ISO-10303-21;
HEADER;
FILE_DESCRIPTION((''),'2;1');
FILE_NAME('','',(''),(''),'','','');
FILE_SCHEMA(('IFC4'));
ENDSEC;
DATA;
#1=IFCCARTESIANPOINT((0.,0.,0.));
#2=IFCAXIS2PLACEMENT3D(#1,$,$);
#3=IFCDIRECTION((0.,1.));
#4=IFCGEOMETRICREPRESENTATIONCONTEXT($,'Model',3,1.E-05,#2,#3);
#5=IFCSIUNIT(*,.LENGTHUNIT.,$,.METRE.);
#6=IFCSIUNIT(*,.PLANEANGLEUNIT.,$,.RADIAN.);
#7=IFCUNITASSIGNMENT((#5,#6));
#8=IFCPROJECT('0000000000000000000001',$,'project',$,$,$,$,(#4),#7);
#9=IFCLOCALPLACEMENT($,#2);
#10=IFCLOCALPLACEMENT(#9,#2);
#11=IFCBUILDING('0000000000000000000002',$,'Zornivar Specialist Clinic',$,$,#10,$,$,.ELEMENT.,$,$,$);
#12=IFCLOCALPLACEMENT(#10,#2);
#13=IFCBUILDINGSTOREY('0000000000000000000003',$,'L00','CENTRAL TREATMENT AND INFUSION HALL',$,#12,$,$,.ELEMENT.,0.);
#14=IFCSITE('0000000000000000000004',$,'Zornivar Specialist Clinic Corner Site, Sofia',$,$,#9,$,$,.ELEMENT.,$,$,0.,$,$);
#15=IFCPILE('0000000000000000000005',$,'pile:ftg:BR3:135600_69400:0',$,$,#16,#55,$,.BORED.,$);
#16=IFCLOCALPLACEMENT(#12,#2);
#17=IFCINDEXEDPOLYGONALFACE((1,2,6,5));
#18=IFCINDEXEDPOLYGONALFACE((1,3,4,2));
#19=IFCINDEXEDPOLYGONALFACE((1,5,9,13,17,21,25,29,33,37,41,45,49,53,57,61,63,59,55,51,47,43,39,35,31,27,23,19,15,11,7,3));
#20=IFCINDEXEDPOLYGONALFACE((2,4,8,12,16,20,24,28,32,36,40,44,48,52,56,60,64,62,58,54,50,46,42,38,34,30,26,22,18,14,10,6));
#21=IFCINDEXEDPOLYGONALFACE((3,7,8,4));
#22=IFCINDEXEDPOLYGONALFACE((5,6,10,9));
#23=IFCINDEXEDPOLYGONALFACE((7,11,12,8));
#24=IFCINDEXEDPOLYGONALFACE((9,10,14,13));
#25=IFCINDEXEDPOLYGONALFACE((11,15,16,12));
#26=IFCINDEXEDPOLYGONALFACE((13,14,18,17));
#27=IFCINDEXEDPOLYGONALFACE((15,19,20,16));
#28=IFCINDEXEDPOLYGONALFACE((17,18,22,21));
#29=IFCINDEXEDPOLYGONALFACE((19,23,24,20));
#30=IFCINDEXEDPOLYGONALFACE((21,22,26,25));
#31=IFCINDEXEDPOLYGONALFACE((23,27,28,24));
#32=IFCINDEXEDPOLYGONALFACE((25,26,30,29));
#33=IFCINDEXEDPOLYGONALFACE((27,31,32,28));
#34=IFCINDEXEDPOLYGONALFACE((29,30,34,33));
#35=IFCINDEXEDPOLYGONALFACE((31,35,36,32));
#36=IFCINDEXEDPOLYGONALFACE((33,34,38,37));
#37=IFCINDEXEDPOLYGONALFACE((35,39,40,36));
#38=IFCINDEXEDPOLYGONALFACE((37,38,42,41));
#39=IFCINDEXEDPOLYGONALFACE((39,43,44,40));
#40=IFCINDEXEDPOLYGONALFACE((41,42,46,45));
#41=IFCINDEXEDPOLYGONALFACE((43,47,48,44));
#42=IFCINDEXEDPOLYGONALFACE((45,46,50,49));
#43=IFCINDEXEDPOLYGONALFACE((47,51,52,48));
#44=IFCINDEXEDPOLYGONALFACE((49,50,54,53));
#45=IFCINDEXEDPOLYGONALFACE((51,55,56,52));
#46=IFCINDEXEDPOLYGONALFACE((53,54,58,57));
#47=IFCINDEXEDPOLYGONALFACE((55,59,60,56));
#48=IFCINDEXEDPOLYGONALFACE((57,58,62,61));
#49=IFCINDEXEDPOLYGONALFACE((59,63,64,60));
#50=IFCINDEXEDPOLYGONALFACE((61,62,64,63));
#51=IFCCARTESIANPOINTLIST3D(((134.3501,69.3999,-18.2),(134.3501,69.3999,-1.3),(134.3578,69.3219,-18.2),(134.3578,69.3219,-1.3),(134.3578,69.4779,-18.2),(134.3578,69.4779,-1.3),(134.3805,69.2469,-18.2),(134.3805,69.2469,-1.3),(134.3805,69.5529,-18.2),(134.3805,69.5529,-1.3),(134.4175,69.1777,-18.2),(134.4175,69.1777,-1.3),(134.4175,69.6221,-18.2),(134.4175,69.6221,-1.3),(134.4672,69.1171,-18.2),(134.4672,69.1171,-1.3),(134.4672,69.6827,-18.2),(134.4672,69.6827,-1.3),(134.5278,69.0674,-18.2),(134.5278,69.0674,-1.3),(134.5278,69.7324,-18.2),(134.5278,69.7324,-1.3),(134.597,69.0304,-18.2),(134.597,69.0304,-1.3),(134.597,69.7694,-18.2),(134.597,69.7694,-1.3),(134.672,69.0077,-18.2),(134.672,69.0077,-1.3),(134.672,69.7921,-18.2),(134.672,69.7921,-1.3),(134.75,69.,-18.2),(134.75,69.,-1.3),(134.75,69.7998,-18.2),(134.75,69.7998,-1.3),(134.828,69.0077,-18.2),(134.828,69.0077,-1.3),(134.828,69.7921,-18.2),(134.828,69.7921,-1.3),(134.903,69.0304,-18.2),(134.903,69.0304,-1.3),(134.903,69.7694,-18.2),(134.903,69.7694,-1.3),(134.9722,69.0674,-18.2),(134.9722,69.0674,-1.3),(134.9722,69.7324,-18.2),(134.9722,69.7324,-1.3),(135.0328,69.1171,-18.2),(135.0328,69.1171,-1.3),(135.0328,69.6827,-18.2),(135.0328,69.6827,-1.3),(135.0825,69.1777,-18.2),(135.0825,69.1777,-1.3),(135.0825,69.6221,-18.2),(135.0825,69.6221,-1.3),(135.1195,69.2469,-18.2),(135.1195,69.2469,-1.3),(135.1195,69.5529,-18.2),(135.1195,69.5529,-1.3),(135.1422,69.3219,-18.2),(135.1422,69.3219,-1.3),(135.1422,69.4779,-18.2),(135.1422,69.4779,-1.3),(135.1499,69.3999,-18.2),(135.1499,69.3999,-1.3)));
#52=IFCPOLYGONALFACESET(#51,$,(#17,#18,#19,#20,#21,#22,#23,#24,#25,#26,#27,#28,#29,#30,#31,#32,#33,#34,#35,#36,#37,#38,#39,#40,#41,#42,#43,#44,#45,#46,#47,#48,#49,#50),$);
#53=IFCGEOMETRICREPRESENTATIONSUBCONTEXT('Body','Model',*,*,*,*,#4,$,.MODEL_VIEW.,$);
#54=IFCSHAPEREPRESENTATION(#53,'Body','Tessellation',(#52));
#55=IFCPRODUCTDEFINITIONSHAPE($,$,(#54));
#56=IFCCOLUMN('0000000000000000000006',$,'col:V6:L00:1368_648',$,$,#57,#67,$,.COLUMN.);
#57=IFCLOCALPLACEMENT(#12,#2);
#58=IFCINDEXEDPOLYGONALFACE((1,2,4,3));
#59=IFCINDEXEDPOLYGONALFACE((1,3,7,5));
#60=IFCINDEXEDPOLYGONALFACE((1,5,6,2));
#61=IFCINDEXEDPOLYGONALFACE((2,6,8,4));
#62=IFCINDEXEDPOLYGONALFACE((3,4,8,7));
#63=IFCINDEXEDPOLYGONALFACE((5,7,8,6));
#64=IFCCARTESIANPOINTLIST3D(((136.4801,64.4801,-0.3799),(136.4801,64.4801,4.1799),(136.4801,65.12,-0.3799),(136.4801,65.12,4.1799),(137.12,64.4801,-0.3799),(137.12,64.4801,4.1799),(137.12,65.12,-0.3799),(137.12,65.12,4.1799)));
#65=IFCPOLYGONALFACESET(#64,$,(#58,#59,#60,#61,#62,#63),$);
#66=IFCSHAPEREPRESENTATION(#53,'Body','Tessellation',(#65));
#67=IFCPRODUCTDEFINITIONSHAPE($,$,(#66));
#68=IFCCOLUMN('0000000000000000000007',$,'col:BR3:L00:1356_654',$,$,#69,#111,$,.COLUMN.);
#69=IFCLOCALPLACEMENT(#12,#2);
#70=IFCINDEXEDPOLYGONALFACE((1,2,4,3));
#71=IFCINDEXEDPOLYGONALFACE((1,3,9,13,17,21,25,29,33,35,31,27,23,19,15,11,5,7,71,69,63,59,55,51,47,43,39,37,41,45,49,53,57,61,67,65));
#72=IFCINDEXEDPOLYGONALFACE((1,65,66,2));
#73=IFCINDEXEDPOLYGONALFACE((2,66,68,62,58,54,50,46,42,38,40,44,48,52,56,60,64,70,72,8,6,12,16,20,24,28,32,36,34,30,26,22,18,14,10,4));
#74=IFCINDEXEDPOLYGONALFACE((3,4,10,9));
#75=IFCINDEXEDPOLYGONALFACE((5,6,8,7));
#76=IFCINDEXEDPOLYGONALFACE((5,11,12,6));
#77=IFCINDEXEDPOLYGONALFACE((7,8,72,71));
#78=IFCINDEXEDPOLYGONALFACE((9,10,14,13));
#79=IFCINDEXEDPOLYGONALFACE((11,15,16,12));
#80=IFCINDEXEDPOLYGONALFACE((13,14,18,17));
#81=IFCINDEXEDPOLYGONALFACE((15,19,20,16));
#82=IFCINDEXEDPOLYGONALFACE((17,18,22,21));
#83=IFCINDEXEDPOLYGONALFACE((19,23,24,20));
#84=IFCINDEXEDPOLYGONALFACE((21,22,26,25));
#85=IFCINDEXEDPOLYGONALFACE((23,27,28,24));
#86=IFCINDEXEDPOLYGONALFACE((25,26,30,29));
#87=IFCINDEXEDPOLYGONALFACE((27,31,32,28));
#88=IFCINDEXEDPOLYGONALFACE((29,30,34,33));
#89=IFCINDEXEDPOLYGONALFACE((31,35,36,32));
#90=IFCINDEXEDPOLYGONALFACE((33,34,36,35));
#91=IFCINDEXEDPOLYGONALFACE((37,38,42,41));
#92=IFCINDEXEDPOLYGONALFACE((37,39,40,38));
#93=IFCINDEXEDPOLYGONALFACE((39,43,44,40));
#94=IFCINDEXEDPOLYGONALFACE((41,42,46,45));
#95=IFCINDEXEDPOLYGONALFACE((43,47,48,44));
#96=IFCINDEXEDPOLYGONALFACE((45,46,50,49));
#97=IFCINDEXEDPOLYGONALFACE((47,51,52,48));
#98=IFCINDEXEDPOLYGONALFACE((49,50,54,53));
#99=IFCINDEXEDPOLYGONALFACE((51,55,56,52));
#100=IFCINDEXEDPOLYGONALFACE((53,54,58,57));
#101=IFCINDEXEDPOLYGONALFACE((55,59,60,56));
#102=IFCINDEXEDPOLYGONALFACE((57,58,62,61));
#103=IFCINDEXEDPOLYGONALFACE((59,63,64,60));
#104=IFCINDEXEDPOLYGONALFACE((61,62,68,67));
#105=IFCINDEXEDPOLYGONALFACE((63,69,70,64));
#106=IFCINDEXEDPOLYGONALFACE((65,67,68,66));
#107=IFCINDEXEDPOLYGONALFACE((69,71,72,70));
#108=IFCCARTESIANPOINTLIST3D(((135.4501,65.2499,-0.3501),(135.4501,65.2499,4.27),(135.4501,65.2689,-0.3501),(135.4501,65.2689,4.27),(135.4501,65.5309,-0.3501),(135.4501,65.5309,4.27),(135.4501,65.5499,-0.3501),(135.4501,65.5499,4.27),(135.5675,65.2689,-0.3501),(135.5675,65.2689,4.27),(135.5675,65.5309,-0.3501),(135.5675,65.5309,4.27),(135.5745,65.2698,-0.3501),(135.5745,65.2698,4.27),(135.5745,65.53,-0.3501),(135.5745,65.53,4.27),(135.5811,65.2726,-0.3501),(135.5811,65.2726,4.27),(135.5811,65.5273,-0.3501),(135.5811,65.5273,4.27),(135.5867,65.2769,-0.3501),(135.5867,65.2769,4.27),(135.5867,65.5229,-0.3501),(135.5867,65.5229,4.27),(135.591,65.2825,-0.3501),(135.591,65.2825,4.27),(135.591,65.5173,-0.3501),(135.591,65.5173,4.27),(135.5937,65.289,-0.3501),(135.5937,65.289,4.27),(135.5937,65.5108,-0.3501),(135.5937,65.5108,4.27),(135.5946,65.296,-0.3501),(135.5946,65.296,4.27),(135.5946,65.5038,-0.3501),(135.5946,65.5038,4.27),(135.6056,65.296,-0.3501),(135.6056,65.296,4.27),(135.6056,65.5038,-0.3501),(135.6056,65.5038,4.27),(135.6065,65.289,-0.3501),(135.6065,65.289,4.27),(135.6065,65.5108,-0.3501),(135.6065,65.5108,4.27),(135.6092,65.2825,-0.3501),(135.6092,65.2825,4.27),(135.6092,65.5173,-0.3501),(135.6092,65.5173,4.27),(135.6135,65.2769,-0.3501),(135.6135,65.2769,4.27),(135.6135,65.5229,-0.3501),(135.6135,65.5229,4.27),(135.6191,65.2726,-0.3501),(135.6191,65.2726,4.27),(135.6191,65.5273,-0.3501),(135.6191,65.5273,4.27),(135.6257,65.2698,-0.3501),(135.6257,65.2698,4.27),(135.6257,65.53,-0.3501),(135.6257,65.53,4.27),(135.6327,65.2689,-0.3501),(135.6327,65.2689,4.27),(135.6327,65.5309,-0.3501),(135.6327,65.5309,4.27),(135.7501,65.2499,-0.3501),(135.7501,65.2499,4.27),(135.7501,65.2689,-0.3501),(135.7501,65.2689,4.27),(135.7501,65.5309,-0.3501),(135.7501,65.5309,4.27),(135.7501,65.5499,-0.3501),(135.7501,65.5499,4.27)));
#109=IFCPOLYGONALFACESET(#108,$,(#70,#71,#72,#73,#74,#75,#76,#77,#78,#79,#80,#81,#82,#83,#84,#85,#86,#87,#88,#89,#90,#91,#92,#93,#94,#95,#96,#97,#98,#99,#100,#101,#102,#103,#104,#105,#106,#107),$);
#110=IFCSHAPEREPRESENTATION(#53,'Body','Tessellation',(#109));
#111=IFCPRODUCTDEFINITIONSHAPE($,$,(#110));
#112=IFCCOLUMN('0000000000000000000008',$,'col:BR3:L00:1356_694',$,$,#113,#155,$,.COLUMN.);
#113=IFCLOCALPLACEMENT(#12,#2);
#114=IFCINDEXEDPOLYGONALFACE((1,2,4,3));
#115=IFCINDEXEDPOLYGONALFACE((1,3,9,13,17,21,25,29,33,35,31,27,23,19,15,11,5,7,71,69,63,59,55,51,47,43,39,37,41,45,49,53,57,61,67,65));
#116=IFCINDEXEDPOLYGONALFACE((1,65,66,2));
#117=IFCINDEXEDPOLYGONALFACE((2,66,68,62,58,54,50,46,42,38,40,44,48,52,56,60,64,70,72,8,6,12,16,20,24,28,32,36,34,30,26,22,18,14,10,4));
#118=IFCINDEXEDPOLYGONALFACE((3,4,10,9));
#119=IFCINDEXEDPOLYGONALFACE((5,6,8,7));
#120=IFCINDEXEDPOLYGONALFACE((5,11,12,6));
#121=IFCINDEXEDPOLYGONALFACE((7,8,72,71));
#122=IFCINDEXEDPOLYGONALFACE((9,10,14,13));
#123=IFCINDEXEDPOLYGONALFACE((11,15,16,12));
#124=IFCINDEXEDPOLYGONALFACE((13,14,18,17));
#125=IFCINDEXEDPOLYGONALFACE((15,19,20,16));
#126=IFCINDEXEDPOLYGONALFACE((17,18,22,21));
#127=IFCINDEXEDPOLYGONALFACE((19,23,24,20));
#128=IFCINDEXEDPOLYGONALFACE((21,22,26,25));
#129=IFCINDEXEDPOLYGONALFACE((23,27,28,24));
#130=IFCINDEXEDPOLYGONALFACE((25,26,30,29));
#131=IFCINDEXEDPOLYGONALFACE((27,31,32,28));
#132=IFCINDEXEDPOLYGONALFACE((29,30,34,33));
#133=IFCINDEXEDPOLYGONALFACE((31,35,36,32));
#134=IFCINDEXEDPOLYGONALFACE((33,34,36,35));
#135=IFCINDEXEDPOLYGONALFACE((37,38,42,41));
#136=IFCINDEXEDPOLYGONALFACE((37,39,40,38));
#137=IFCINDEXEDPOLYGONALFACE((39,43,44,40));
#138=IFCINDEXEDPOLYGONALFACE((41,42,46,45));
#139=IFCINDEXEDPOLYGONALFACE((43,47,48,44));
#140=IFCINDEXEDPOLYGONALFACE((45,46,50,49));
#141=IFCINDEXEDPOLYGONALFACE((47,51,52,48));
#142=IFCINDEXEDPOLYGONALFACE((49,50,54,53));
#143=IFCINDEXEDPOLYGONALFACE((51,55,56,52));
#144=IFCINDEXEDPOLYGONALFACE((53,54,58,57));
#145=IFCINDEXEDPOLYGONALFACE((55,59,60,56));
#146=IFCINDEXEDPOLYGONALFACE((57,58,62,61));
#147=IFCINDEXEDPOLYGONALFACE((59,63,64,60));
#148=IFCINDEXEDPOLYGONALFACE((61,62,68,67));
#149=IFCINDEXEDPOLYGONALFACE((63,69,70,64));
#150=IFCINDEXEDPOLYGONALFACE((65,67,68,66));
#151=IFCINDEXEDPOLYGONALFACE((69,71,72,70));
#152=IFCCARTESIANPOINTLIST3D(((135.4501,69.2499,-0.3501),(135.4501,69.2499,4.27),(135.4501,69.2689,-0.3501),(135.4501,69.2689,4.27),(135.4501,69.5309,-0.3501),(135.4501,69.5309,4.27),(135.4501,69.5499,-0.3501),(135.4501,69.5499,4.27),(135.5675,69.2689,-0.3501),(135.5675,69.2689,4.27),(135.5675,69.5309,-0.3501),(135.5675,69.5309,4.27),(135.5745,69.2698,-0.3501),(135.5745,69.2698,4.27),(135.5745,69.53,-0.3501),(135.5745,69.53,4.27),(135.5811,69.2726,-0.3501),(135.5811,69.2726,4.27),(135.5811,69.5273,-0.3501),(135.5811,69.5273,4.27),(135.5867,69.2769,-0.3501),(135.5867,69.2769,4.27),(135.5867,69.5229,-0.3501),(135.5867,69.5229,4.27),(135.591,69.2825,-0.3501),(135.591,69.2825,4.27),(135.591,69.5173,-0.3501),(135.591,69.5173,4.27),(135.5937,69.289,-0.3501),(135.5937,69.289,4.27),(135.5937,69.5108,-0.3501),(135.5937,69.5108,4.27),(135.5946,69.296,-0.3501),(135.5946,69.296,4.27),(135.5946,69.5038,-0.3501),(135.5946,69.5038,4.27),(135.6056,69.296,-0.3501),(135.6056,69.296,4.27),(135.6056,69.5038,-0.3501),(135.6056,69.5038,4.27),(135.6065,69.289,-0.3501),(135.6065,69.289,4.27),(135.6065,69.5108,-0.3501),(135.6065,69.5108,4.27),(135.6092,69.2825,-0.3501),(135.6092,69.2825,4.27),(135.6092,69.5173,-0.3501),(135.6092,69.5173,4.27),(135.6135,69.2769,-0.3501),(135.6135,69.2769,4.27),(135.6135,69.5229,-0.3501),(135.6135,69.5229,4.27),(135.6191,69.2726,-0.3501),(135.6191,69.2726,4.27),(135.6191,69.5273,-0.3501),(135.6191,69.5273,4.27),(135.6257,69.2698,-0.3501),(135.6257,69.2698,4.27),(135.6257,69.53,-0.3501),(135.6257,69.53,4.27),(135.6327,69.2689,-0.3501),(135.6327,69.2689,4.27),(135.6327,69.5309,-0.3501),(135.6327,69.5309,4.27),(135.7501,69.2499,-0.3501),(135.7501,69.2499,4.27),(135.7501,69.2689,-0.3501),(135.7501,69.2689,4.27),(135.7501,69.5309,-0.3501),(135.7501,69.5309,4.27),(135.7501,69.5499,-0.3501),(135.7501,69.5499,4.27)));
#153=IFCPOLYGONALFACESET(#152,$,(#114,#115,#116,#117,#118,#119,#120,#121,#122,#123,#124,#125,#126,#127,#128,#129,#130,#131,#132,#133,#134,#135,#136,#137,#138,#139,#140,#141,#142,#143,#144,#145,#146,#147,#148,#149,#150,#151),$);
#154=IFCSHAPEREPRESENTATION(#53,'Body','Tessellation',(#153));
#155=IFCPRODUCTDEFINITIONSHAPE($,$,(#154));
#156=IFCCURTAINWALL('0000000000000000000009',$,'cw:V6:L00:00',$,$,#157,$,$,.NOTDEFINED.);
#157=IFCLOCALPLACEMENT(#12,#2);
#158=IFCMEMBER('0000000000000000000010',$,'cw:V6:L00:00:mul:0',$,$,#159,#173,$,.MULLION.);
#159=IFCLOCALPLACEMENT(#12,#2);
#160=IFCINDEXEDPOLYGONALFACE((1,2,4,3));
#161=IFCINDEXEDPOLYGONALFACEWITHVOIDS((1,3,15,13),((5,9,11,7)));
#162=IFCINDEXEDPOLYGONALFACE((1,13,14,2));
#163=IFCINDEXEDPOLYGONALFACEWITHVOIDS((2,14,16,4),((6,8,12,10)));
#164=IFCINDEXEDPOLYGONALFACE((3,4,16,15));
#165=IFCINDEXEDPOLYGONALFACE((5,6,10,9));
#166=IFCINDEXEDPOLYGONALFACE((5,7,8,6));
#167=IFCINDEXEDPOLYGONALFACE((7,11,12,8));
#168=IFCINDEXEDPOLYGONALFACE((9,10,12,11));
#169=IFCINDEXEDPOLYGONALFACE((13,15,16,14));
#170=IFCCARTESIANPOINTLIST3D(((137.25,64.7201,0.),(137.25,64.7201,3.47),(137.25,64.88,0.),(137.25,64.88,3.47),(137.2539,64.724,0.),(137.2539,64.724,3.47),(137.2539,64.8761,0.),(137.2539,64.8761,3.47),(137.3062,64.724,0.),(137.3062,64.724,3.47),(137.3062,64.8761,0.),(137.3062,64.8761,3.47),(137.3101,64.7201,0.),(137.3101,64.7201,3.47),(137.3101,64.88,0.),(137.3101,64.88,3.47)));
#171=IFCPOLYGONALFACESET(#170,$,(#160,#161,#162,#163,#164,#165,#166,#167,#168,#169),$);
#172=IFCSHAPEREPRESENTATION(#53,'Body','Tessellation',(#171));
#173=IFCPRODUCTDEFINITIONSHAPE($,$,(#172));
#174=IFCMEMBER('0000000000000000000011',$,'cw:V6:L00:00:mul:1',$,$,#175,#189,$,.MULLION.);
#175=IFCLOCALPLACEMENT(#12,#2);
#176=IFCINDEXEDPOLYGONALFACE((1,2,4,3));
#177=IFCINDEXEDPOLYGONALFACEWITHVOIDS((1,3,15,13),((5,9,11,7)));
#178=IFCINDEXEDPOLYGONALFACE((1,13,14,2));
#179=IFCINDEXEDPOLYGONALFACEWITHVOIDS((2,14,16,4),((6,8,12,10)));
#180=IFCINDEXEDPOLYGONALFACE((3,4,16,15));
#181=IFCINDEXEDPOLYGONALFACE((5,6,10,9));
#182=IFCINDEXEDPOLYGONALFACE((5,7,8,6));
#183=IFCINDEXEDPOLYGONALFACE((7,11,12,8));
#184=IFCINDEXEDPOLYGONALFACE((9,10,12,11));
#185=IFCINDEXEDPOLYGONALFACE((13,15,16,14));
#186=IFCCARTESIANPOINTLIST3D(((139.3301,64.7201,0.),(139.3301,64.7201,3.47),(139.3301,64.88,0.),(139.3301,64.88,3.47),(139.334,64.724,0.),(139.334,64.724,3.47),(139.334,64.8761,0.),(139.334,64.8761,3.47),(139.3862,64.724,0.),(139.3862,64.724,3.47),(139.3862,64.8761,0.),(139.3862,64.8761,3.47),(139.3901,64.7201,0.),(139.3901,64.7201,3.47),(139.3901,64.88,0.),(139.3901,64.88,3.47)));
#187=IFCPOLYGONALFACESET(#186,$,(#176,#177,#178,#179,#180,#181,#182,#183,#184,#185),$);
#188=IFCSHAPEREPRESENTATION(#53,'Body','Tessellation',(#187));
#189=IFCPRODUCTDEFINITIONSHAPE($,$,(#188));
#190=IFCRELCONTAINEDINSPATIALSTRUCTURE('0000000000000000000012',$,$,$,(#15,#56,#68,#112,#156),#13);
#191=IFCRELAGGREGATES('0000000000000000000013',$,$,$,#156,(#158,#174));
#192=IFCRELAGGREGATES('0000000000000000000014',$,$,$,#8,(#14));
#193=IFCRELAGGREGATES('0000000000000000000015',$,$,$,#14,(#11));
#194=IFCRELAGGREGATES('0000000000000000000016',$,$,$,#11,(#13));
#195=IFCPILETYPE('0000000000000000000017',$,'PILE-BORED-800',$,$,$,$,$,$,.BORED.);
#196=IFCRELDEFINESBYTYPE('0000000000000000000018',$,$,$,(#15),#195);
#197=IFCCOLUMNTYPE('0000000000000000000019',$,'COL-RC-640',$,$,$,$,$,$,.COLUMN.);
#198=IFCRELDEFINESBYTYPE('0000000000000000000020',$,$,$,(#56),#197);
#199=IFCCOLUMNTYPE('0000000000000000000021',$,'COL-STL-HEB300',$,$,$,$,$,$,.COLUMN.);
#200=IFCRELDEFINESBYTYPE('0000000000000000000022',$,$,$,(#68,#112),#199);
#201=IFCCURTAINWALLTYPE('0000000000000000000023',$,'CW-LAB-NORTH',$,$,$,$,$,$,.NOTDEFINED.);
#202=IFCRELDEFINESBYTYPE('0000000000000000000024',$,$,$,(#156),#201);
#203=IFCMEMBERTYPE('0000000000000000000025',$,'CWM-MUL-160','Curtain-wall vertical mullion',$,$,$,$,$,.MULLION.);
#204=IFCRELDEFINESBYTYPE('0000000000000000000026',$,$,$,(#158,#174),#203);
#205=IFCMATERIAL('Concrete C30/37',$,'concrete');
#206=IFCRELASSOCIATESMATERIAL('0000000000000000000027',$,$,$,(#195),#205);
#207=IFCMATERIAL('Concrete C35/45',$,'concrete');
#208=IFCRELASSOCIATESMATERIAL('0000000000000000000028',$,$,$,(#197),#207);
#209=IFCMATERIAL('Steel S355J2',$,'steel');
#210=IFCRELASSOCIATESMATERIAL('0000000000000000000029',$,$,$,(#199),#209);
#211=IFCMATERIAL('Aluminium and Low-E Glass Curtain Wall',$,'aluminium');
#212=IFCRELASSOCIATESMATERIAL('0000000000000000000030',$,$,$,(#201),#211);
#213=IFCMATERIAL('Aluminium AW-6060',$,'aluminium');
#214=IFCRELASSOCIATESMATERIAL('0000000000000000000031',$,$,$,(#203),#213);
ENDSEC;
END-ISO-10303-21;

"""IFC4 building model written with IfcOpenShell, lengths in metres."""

from ifc_helpers import new_model, si_unit, direction, frame, origin, origin_2d, place, context, subcontext, project, spatial, rectangle, hollow_rectangle, circle, i_section, extrude, material, material_profile, profile_set, type_object, element, aggregate, save


model = new_model("IFC4")

# Units and contexts
model_context = context("Model", 3, precision=1e-05, world=origin(), true_north=direction((0.0, 1.0)))
body_context = subcontext(model_context, "Body", "Model", "MODEL_VIEW")
ifc_project = project(units=[si_unit("LENGTHUNIT", "METRE"), si_unit("PLANEANGLEUNIT", "RADIAN")], contexts=[model_context])

# Site, building, storey
site_placement = place(None, origin())
site = spatial("IfcSite", under=ifc_project, at=site_placement, Name="Zornivar Specialist Clinic Corner Site, Sofia", CompositionType="ELEMENT", RefElevation=0.0)
building_placement = place(site_placement, origin())
building = spatial("IfcBuilding", under=site, at=building_placement, Name="Zornivar Specialist Clinic", CompositionType="ELEMENT")
storey_placement = place(building_placement, origin())
storey = spatial("IfcBuildingStorey", under=building, at=storey_placement, Name="L00", Description="CENTRAL TREATMENT AND INFUSION HALL", CompositionType="ELEMENT", Elevation=0.0)

# Pile
ifc_material_1 = material(Name="Concrete C30/37", Category="concrete")
ifc_material_profile_1 = material_profile(ifc_material_1, circle(Radius=0.3999, at=origin_2d()), Name="PILE D800")
ifc_profile_set_1 = profile_set([ifc_material_profile_1], Name="Concrete C30/37")
pile_type = type_object("IfcPileType", Name="PILE-BORED-800", PredefinedType="BORED", material=ifc_profile_set_1)
for number, where, z_axis, x_axis, name in (
    (1, (134.75, 69.3999, -1.3), (0.0, 0.0, -1.0), (1.0, 0.0, 0.0), "pile:ftg:BR3:135600_69400:0"),
):
    element("IfcPile", number, at=place(storey_placement, frame(where, z_axis=z_axis, x_axis=x_axis)), inside=storey, type_object=pile_type, Name=name, PredefinedType="BORED", context=body_context, shape_type="SweptSolid", body=[
        extrude(circle(Radius=0.3999, at=origin_2d()), origin(), (0.0, 0.0, 1.0), 16.8999),
    ])

# Columns
ifc_material_2 = material(Name="Concrete C35/45", Category="concrete")
ifc_material_profile_2 = material_profile(ifc_material_2, rectangle(XDim=0.6399, YDim=0.6399, at=origin_2d()), Name="RC 640x640")
ifc_profile_set_2 = profile_set([ifc_material_profile_2], Name="Concrete C35/45")
column_type_1 = type_object("IfcColumnType", Name="COL-RC-640", PredefinedType="COLUMN", material=ifc_profile_set_2)
column_placement = place(storey_placement, frame((136.8, 64.8, -0.3799), z_axis=(0.0, 0.0, 1.0), x_axis=(1.0, 0.0, 0.0)))
element("IfcColumn", 2, at=column_placement, inside=storey, type_object=column_type_1, Name="col:V6:L00:1368_648", PredefinedType="COLUMN", context=body_context, shape_type="SweptSolid", body=[
    extrude(rectangle(XDim=0.6399, YDim=0.6399, at=origin_2d()), origin(), (0.0, 0.0, 1.0), 4.5598),
])
ifc_material_3 = material(Name="Steel S355J2", Category="steel")
ifc_material_profile_3 = material_profile(ifc_material_3, i_section(OverallWidth=0.3, OverallDepth=0.3, WebThickness=0.011, FlangeThickness=0.019, FilletRadius=0.0271, at=origin_2d()), Name="HEB 300")
ifc_profile_set_3 = profile_set([ifc_material_profile_3], Name="Steel S355J2")
column_type_2 = type_object("IfcColumnType", Name="COL-STL-HEB300", PredefinedType="COLUMN", material=ifc_profile_set_3)
for number, where, z_axis, x_axis, name in (
    (3, (135.6001, 65.3999, -0.3501), (0.0, 0.0, 1.0), (1.0, 0.0, 0.0), "col:BR3:L00:1356_654"),
    (4, (135.6001, 69.3999, -0.3501), (0.0, 0.0, 1.0), (1.0, 0.0, 0.0), "col:BR3:L00:1356_694"),
):
    element("IfcColumn", number, at=place(storey_placement, frame(where, z_axis=z_axis, x_axis=x_axis)), inside=storey, type_object=column_type_2, Name=name, PredefinedType="COLUMN", context=body_context, shape_type="SweptSolid", body=[
        extrude(i_section(OverallWidth=0.3, OverallDepth=0.3, WebThickness=0.011, FlangeThickness=0.019, FilletRadius=0.0271, at=origin_2d()), origin(), (0.0, 0.0, 1.0), 4.6201),
    ])

# Curtain wall, members
ifc_material_4 = material(Name="Aluminium and Low-E Glass Curtain Wall", Category="aluminium")
curtain_wall_type = type_object("IfcCurtainWallType", Name="CW-LAB-NORTH", PredefinedType="NOTDEFINED", material=ifc_material_4)
curtain_wall_placement = place(storey_placement, origin())
curtain_wall = element("IfcCurtainWall", 5, at=curtain_wall_placement, inside=storey, type_object=curtain_wall_type, Name="cw:V6:L00:00", PredefinedType="NOTDEFINED")
ifc_material_5 = material(Name="Aluminium AW-6060", Category="aluminium")
ifc_material_profile_4 = material_profile(ifc_material_5, hollow_rectangle(XDim=0.0601, YDim=0.1599, WallThickness=0.0039, at=origin_2d()), Name="ALU 60x160x4")
ifc_profile_set_4 = profile_set([ifc_material_profile_4], Name="Aluminium AW-6060")
member_type_1 = type_object("IfcMemberType", Name="CWM-MUL-160", Description="Curtain-wall vertical mullion", PredefinedType="MULLION", material=ifc_profile_set_4)
member_1_placement = place(storey_placement, frame((137.28, 64.8, 0.0), z_axis=(0.0, 0.0, 1.0), x_axis=(1.0, 0.0, 0.0)))
member_1 = element("IfcMember", 6, at=member_1_placement, type_object=member_type_1, Name="cw:V6:L00:00:mul:0", PredefinedType="MULLION", context=body_context, shape_type="SweptSolid", body=[
    extrude(hollow_rectangle(XDim=0.0601, YDim=0.1599, WallThickness=0.0039, at=origin_2d()), origin(), (0.0, 0.0, 1.0), 3.47),
])
member_2_placement = place(storey_placement, frame((139.3601, 64.8, 0.0), z_axis=(0.0, 0.0, 1.0), x_axis=(1.0, 0.0, 0.0)))
member_2 = element("IfcMember", 7, at=member_2_placement, type_object=member_type_1, Name="cw:V6:L00:00:mul:1", PredefinedType="MULLION", context=body_context, shape_type="SweptSolid", body=[
    extrude(hollow_rectangle(XDim=0.0601, YDim=0.1599, WallThickness=0.0039, at=origin_2d()), origin(), (0.0, 0.0, 1.0), 3.47),
])
aggregate(curtain_wall, [member_1, member_2])

save(model, "model.ifc")
